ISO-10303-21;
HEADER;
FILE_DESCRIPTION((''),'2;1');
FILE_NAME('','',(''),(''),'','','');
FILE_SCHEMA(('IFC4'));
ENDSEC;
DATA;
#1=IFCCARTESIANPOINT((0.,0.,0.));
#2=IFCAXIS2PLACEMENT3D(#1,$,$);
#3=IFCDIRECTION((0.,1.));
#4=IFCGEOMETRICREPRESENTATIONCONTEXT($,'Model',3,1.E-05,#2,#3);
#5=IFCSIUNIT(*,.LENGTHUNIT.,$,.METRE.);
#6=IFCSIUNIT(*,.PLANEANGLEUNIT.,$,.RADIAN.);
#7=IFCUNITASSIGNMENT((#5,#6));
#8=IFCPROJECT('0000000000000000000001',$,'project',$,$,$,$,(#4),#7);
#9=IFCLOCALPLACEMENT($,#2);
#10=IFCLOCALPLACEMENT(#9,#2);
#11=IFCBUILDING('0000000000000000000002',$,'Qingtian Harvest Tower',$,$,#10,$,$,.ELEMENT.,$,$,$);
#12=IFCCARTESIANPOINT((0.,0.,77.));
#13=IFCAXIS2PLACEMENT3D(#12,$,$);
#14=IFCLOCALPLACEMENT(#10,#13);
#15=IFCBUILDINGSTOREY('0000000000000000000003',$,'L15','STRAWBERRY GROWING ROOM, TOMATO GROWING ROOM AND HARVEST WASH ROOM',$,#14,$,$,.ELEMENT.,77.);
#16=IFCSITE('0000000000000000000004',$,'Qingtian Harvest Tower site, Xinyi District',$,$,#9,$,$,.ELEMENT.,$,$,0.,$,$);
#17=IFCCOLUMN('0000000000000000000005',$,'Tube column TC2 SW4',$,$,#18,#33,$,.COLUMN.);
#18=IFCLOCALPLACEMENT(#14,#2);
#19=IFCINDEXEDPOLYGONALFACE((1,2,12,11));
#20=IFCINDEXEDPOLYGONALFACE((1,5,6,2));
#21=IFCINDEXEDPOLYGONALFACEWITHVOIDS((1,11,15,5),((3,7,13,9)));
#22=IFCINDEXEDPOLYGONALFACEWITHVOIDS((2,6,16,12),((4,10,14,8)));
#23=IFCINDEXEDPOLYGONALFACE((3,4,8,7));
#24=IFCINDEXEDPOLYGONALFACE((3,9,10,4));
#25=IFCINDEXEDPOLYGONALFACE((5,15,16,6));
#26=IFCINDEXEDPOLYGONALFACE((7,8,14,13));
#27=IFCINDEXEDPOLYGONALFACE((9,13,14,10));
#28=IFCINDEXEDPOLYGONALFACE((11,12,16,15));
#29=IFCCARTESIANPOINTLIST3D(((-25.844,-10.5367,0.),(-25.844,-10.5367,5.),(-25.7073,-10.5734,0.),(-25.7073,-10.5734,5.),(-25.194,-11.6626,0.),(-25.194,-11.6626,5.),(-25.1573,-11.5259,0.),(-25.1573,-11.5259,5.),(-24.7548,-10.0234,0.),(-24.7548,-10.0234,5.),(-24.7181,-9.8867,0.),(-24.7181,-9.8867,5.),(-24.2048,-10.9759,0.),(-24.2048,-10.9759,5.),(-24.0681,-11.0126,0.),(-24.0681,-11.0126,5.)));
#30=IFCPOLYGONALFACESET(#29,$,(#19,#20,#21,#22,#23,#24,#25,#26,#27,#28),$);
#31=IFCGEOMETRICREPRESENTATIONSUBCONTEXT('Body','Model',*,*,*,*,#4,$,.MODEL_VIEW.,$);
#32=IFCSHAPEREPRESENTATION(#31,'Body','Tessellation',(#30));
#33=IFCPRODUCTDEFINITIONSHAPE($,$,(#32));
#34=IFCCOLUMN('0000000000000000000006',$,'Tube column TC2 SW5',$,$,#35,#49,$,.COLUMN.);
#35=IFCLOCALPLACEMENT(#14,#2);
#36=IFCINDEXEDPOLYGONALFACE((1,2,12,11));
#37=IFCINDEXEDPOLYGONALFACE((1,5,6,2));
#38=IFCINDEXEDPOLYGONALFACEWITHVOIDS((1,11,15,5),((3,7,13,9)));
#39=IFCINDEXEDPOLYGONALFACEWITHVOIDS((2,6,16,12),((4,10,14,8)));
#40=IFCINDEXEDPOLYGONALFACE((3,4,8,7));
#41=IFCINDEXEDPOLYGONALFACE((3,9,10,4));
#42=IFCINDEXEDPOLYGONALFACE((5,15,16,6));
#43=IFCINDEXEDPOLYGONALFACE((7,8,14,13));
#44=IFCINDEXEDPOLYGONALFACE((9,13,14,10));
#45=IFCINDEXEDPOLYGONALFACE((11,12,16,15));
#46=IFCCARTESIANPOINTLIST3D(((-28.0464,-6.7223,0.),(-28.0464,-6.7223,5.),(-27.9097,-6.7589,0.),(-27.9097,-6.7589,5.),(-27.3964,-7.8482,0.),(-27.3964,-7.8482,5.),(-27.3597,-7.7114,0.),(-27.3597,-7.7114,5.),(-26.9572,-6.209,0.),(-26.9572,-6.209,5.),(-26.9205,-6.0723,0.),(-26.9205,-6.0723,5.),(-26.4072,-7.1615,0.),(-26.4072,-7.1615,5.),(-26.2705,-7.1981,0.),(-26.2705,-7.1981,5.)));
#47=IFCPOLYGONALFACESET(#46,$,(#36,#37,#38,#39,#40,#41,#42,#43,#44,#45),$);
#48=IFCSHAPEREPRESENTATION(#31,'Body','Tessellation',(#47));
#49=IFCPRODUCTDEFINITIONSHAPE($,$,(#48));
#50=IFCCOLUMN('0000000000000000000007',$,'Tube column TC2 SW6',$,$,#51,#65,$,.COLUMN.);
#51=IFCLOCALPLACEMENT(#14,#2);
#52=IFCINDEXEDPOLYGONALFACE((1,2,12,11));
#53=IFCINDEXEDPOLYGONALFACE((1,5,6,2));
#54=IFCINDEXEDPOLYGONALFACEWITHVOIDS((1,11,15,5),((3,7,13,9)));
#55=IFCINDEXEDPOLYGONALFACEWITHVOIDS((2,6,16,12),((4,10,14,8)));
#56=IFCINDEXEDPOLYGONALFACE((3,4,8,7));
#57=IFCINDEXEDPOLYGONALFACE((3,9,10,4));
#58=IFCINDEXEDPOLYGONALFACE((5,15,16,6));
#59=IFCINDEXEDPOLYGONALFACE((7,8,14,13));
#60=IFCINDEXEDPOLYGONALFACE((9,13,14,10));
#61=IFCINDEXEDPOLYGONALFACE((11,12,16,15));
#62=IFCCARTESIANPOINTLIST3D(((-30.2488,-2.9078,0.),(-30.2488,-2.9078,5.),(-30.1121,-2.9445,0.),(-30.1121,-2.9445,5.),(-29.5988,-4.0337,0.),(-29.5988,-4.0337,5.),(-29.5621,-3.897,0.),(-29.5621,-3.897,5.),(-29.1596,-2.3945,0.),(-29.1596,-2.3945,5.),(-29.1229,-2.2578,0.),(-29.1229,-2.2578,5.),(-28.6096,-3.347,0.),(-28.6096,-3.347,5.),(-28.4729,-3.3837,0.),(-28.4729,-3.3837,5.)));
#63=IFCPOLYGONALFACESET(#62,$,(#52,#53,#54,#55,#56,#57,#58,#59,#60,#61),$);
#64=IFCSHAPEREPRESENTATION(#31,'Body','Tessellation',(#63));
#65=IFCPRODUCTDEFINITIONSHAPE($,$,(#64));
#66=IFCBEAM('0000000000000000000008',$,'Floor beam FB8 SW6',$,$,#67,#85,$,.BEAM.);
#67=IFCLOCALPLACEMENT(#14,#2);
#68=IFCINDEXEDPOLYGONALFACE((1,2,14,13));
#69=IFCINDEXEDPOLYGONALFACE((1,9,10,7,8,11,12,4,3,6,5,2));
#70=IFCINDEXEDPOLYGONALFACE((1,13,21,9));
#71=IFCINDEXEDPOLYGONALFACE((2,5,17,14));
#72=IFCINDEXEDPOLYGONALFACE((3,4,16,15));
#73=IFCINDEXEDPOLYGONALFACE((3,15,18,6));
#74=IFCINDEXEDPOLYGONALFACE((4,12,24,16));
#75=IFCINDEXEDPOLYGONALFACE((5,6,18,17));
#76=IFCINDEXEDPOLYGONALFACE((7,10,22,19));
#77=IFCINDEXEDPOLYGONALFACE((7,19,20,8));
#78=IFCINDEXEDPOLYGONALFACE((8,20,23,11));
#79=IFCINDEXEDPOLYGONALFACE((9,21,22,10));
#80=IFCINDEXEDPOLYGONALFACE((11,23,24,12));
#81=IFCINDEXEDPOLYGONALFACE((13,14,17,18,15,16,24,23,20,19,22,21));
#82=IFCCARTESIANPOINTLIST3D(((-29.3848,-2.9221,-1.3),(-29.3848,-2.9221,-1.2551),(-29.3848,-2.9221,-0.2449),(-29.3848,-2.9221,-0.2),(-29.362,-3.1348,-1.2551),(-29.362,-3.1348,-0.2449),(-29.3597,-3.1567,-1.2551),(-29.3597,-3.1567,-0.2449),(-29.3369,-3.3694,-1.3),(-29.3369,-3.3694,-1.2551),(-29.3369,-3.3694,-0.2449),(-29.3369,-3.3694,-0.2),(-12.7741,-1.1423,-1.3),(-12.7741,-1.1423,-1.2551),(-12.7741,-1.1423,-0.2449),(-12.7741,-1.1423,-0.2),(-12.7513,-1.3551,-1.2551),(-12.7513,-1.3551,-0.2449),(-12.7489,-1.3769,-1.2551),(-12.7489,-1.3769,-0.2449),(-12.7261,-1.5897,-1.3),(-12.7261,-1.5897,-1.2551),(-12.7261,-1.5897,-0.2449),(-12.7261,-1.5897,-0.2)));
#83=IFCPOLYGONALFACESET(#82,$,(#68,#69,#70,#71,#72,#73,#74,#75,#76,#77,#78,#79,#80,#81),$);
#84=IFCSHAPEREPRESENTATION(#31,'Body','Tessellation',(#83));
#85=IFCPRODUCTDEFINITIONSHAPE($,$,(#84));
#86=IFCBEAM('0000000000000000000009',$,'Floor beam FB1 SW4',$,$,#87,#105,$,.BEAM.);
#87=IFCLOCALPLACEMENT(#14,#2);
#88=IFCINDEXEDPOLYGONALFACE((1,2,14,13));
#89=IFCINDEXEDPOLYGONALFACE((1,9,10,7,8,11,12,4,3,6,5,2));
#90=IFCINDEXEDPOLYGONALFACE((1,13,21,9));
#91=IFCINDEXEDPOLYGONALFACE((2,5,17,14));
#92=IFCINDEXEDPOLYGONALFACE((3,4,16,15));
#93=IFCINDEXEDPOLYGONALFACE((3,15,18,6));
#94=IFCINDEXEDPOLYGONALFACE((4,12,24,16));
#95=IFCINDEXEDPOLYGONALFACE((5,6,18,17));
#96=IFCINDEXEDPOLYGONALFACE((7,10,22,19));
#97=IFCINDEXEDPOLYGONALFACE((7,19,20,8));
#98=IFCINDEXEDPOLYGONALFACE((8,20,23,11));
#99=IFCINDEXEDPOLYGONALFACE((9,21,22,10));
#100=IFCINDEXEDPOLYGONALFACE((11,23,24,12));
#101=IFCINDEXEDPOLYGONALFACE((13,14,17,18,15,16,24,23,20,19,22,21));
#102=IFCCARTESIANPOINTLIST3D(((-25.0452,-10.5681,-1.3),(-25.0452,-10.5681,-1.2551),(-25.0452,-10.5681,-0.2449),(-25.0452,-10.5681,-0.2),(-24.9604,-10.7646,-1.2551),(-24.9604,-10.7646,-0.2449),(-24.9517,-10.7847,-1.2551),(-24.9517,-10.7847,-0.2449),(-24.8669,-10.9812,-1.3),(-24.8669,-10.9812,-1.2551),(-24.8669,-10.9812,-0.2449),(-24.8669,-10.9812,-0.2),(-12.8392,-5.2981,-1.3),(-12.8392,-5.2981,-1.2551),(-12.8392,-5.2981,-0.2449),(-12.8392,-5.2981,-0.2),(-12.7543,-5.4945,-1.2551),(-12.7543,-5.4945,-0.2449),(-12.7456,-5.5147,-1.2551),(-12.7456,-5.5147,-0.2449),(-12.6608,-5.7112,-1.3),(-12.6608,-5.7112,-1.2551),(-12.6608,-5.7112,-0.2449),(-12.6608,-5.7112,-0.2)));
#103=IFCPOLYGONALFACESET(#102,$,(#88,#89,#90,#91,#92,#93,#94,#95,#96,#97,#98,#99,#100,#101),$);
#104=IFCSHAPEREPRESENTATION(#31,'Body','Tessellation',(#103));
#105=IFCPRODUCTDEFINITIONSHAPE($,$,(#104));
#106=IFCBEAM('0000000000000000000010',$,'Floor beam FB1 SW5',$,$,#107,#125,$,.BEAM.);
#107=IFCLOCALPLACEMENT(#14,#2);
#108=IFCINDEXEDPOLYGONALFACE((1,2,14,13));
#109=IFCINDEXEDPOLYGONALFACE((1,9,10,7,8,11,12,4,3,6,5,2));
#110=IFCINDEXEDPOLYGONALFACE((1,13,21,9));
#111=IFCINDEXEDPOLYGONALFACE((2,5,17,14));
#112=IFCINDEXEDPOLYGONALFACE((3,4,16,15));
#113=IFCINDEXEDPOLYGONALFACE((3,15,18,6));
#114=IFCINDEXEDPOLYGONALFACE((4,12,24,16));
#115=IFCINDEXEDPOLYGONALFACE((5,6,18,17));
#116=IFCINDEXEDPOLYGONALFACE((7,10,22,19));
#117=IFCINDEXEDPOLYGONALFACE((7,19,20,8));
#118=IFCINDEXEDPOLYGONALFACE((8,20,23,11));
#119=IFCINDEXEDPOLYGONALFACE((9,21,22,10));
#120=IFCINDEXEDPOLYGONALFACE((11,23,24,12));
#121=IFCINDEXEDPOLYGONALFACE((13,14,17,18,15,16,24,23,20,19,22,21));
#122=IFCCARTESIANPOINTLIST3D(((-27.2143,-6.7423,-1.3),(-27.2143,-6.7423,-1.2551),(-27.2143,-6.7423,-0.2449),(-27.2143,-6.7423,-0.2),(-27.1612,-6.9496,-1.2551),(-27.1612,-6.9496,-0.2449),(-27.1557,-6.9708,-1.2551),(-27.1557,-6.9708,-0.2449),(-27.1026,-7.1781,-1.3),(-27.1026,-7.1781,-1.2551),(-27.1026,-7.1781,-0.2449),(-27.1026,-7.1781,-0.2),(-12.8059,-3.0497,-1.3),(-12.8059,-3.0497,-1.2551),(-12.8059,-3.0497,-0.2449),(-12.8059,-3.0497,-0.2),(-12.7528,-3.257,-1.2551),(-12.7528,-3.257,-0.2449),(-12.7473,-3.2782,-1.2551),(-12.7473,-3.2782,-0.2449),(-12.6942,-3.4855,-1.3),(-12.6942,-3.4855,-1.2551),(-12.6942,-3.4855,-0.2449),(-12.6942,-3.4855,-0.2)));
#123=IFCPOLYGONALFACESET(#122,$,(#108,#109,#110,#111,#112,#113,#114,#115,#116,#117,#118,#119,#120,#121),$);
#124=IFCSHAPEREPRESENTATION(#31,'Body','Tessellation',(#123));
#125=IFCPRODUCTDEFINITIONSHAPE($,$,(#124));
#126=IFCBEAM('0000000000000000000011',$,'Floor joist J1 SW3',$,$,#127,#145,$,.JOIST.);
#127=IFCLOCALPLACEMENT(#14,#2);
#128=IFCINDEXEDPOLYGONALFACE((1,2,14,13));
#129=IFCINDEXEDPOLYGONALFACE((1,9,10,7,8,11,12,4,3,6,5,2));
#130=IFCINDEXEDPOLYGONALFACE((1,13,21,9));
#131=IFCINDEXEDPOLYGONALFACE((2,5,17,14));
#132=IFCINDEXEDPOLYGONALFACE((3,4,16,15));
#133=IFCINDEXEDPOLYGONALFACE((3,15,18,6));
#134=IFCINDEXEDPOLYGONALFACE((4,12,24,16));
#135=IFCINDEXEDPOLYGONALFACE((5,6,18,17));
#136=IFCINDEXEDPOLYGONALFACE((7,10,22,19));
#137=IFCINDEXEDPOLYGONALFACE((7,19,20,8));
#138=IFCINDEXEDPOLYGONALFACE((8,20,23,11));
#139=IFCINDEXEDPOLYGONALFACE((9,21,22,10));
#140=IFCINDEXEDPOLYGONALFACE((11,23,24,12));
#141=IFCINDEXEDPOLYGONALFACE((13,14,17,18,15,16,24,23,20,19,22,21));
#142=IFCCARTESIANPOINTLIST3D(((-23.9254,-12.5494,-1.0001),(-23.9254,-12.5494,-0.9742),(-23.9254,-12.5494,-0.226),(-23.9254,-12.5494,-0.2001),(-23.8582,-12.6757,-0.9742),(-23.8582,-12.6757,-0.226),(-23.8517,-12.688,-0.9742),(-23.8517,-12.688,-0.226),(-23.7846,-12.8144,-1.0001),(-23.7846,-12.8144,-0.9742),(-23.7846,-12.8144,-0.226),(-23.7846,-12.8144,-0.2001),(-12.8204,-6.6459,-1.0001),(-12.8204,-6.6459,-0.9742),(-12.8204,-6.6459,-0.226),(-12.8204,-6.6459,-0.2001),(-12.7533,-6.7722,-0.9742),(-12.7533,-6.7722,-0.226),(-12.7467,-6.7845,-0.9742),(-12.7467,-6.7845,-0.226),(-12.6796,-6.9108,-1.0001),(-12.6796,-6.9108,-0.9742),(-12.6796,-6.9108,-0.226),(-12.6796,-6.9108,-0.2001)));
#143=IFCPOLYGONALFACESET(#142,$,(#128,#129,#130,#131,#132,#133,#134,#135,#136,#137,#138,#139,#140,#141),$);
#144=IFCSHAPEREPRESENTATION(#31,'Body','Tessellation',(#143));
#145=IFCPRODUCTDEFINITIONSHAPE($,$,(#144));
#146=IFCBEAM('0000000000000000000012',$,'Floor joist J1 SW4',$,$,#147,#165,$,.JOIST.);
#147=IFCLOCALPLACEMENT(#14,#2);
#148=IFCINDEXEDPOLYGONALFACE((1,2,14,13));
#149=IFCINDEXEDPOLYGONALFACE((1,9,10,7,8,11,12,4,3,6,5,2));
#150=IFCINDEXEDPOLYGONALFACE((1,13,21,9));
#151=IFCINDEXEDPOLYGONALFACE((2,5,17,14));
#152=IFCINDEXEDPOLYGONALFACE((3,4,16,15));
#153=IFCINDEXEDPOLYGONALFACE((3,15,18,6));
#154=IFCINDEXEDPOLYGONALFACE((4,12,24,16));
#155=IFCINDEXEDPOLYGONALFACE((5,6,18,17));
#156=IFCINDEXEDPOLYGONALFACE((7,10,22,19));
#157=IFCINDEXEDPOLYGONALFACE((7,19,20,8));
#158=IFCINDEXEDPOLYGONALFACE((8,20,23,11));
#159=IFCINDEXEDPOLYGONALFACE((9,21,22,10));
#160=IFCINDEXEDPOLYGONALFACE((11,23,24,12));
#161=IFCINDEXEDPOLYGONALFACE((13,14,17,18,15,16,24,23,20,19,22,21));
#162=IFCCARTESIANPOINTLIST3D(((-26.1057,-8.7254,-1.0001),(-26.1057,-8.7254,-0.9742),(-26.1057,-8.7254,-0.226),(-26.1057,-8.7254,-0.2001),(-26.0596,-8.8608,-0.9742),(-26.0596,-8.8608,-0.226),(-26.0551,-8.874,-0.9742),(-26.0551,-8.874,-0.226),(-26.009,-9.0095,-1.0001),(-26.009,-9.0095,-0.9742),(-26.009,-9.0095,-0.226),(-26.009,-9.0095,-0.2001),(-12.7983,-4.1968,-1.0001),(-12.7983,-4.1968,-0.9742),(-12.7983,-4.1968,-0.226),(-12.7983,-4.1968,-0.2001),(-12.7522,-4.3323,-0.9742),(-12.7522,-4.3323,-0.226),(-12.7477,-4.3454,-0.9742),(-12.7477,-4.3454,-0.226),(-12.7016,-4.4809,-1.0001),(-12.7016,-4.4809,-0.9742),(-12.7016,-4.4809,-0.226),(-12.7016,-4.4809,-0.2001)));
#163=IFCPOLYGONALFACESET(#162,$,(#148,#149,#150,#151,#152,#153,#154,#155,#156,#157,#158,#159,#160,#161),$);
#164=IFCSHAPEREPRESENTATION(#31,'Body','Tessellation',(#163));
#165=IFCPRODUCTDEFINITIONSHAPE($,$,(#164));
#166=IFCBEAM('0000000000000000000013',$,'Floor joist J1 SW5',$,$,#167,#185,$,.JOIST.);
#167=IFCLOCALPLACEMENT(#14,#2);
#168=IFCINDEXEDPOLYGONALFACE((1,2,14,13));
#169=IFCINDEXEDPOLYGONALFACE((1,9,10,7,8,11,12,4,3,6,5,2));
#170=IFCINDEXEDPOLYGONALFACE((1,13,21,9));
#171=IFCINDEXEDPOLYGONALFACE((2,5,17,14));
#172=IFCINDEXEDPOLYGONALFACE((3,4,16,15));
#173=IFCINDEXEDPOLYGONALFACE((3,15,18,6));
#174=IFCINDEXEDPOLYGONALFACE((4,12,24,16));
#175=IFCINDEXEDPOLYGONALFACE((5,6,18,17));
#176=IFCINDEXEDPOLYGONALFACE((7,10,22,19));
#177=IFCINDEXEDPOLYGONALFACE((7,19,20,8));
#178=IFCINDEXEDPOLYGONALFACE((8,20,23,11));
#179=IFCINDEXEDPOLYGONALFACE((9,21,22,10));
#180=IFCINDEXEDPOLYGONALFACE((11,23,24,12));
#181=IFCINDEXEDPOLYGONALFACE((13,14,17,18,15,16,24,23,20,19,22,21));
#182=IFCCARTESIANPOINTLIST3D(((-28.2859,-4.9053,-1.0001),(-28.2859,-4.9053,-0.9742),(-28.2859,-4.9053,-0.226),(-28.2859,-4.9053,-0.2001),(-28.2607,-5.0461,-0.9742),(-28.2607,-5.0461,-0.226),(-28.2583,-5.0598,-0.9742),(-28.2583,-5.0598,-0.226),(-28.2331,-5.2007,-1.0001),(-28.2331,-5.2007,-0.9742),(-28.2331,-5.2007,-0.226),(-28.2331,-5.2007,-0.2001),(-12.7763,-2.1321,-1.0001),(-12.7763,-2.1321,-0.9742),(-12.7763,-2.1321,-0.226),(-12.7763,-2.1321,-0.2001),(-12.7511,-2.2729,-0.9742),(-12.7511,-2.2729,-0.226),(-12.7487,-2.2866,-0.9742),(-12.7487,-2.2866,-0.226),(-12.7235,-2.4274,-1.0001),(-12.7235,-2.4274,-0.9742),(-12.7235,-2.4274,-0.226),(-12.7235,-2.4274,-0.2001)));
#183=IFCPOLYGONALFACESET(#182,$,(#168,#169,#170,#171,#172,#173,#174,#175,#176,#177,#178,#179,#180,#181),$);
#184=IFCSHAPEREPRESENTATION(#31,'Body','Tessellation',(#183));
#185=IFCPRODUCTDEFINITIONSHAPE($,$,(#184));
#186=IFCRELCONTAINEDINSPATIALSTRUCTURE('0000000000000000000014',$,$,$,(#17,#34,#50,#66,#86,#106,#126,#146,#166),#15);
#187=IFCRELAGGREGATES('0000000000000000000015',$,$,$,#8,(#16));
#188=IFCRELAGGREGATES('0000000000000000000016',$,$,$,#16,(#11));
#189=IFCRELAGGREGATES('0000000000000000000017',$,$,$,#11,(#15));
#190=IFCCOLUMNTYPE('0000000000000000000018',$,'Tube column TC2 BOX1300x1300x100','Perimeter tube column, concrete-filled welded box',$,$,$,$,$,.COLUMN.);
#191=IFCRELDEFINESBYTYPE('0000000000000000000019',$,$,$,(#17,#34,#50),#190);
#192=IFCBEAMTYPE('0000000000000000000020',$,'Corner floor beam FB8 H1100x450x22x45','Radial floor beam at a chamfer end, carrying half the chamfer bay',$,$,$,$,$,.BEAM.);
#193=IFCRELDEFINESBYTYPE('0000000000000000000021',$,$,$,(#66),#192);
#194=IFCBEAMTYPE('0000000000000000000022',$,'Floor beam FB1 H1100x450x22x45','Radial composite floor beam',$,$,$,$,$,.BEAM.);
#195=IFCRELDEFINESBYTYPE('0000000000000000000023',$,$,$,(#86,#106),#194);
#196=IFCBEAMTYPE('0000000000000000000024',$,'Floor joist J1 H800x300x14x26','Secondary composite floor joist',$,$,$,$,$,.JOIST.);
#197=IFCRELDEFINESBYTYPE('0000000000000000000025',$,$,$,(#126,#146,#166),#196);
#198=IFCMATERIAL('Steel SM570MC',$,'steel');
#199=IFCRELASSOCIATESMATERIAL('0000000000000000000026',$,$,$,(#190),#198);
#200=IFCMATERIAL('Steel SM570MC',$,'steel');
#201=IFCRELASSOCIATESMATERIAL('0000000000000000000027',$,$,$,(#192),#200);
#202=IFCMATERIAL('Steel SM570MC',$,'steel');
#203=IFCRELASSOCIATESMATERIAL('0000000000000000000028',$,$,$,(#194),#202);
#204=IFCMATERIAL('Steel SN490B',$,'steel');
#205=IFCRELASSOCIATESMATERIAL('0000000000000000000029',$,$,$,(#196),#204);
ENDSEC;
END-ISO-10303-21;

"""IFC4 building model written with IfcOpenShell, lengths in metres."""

from ifc_helpers import new_model, si_unit, direction, frame, origin, origin_2d, place, context, subcontext, project, spatial, hollow_rectangle, i_section, extrude, material, material_profile, profile_set, type_object, element, save


model = new_model("IFC4")

# Units and contexts
model_context = context("Model", 3, precision=1e-05, world=origin(), true_north=direction((0.0, 1.0)))
body_context = subcontext(model_context, "Body", "Model", "MODEL_VIEW")
ifc_project = project(units=[si_unit("LENGTHUNIT", "METRE"), si_unit("PLANEANGLEUNIT", "RADIAN")], contexts=[model_context])

# Site, building, storey
site_placement = place(None, origin())
site = spatial("IfcSite", under=ifc_project, at=site_placement, Name="Qingtian Harvest Tower site, Xinyi District", CompositionType="ELEMENT", RefElevation=0.0)
building_placement = place(site_placement, origin())
building = spatial("IfcBuilding", under=site, at=building_placement, Name="Qingtian Harvest Tower", CompositionType="ELEMENT")
storey_placement = place(building_placement, frame((0.0, 0.0, 77.0)))
storey = spatial("IfcBuildingStorey", under=building, at=storey_placement, Name="L15", Description="STRAWBERRY GROWING ROOM, TOMATO GROWING ROOM AND HARVEST WASH ROOM", CompositionType="ELEMENT", Elevation=77.0)

# Columns
ifc_material_1 = material(Name="Steel SM570MC", Category="steel")
ifc_material_profile_1 = material_profile(ifc_material_1, hollow_rectangle(XDim=1.3, YDim=1.3, WallThickness=0.1001, at=origin_2d()), Name="BOX1300x1300x100")
ifc_profile_set_1 = profile_set([ifc_material_profile_1], Name="Steel SM570MC")
column_type = type_object("IfcColumnType", Name="Tube column TC2 BOX1300x1300x100", Description="Perimeter tube column, concrete-filled welded box", PredefinedType="COLUMN", material=ifc_profile_set_1)
for number, where, z_axis, x_axis, name in (
    (1, (-24.9561, -10.7747, 0.0), (0.0, 0.0, 1.0), (0.5, -0.866025, 0.0), "Tube column TC2 SW4"),
    (2, (-27.1584, -6.9602, 0.0), (0.0, 0.0, 1.0), (0.5, -0.866025, 0.0), "Tube column TC2 SW5"),
    (3, (-29.3608, -3.1458, 0.0), (0.0, 0.0, 1.0), (0.5, -0.866025, 0.0), "Tube column TC2 SW6"),
):
    element("IfcColumn", number, at=place(storey_placement, frame(where, z_axis=z_axis, x_axis=x_axis)), inside=storey, type_object=column_type, Name=name, PredefinedType="COLUMN", context=body_context, shape_type="SweptSolid", body=[
        extrude(hollow_rectangle(XDim=1.3, YDim=1.3, WallThickness=0.1001, at=origin_2d()), origin(), (0.0, 0.0, 1.0), 5.0),
    ])

# Beams
ifc_material_2 = material(Name="Steel SM570MC", Category="steel")
ifc_material_profile_2 = material_profile(ifc_material_2, i_section(OverallWidth=0.45, OverallDepth=1.1001, WebThickness=0.022, FlangeThickness=0.0449, at=origin_2d()), Name="H1100x450x22x45")
ifc_profile_set_2 = profile_set([ifc_material_profile_2], Name="Steel SM570MC")
beam_type_1 = type_object("IfcBeamType", Name="Corner floor beam FB8 H1100x450x22x45", Description="Radial floor beam at a chamfer end, carrying half the chamfer bay", PredefinedType="BEAM", material=ifc_profile_set_2)
beam_1_placement = place(storey_placement, frame((-29.3608, -3.1458, -0.75), z_axis=(0.994309, 0.106536, 0.0), x_axis=(-0.106536, 0.994309, 0.0)))
element("IfcBeam", 4, at=beam_1_placement, inside=storey, type_object=beam_type_1, Name="Floor beam FB8 SW6", PredefinedType="BEAM", context=body_context, shape_type="SweptSolid", body=[
    extrude(i_section(OverallWidth=0.45, OverallDepth=1.1001, WebThickness=0.022, FlangeThickness=0.0449, at=origin_2d()), origin(), (0.0, 0.0, 1.0), 16.7058),
])
ifc_material_3 = material(Name="Steel SM570MC", Category="steel")
ifc_material_profile_3 = material_profile(ifc_material_3, i_section(OverallWidth=0.45, OverallDepth=1.1001, WebThickness=0.022, FlangeThickness=0.0449, at=origin_2d()), Name="H1100x450x22x45")
ifc_profile_set_3 = profile_set([ifc_material_profile_3], Name="Steel SM570MC")
beam_type_2 = type_object("IfcBeamType", Name="Floor beam FB1 H1100x450x22x45", Description="Radial composite floor beam", PredefinedType="BEAM", material=ifc_profile_set_3)
beam_2_placement = place(storey_placement, frame((-24.9561, -10.7747, -0.75), z_axis=(0.918084, 0.396387, 0.0), x_axis=(-0.396387, 0.918084, 0.0)))
element("IfcBeam", 5, at=beam_2_placement, inside=storey, type_object=beam_type_2, Name="Floor beam FB1 SW4", PredefinedType="BEAM", context=body_context, shape_type="SweptSolid", body=[
    extrude(i_section(OverallWidth=0.45, OverallDepth=1.1001, WebThickness=0.022, FlangeThickness=0.0449, at=origin_2d()), origin(), (0.0, 0.0, 1.0), 13.2952),
])
beam_3_placement = place(storey_placement, frame((-27.1584, -6.9602, -0.75), z_axis=(0.968694, 0.248259, 0.0), x_axis=(-0.248259, 0.968694, 0.0)))
element("IfcBeam", 6, at=beam_3_placement, inside=storey, type_object=beam_type_2, Name="Floor beam FB1 SW5", PredefinedType="BEAM", context=body_context, shape_type="SweptSolid", body=[
    extrude(i_section(OverallWidth=0.45, OverallDepth=1.1001, WebThickness=0.022, FlangeThickness=0.0449, at=origin_2d()), origin(), (0.0, 0.0, 1.0), 14.874),
])
ifc_material_4 = material(Name="Steel SN490B", Category="steel")
ifc_material_profile_4 = material_profile(ifc_material_4, i_section(OverallWidth=0.3, OverallDepth=0.8, WebThickness=0.0139, FlangeThickness=0.0259, at=origin_2d()), Name="H800x300x14x26")
ifc_profile_set_4 = profile_set([ifc_material_profile_4], Name="Steel SN490B")
beam_type_3 = type_object("IfcBeamType", Name="Floor joist J1 H800x300x14x26", Description="Secondary composite floor joist", PredefinedType="JOIST", material=ifc_profile_set_4)
beam_4_placement = place(storey_placement, frame((-23.855, -12.6819, -0.6001), z_axis=(0.882982, 0.469406, 0.0), x_axis=(-0.469406, 0.882982, 0.0)))
element("IfcBeam", 7, at=beam_4_placement, inside=storey, type_object=beam_type_3, Name="Floor joist J1 SW3", PredefinedType="JOIST", context=body_context, shape_type="SweptSolid", body=[
    extrude(i_section(OverallWidth=0.3, OverallDepth=0.8, WebThickness=0.0139, FlangeThickness=0.0259, at=origin_2d()), origin(), (0.0, 0.0, 1.0), 12.5767),
])
beam_5_placement = place(storey_placement, frame((-26.0574, -8.8674, -0.6001), z_axis=(0.946685, 0.322161, 0.0), x_axis=(-0.322161, 0.946685, 0.0)))
element("IfcBeam", 8, at=beam_5_placement, inside=storey, type_object=beam_type_3, Name="Floor joist J1 SW4", PredefinedType="JOIST", context=body_context, shape_type="SweptSolid", body=[
    extrude(i_section(OverallWidth=0.3, OverallDepth=0.8, WebThickness=0.0139, FlangeThickness=0.0259, at=origin_2d()), origin(), (0.0, 0.0, 1.0), 14.0569),
])
beam_6_placement = place(storey_placement, frame((-28.2595, -5.053, -0.6001), z_axis=(0.984388, 0.176014, 0.0), x_axis=(-0.176014, 0.984388, 0.0)))
element("IfcBeam", 9, at=beam_6_placement, inside=storey, type_object=beam_type_3, Name="Floor joist J1 SW5", PredefinedType="JOIST", context=body_context, shape_type="SweptSolid", body=[
    extrude(i_section(OverallWidth=0.3, OverallDepth=0.8, WebThickness=0.0139, FlangeThickness=0.0259, at=origin_2d()), origin(), (0.0, 0.0, 1.0), 15.7556),
])

save(model, "model.ifc")
